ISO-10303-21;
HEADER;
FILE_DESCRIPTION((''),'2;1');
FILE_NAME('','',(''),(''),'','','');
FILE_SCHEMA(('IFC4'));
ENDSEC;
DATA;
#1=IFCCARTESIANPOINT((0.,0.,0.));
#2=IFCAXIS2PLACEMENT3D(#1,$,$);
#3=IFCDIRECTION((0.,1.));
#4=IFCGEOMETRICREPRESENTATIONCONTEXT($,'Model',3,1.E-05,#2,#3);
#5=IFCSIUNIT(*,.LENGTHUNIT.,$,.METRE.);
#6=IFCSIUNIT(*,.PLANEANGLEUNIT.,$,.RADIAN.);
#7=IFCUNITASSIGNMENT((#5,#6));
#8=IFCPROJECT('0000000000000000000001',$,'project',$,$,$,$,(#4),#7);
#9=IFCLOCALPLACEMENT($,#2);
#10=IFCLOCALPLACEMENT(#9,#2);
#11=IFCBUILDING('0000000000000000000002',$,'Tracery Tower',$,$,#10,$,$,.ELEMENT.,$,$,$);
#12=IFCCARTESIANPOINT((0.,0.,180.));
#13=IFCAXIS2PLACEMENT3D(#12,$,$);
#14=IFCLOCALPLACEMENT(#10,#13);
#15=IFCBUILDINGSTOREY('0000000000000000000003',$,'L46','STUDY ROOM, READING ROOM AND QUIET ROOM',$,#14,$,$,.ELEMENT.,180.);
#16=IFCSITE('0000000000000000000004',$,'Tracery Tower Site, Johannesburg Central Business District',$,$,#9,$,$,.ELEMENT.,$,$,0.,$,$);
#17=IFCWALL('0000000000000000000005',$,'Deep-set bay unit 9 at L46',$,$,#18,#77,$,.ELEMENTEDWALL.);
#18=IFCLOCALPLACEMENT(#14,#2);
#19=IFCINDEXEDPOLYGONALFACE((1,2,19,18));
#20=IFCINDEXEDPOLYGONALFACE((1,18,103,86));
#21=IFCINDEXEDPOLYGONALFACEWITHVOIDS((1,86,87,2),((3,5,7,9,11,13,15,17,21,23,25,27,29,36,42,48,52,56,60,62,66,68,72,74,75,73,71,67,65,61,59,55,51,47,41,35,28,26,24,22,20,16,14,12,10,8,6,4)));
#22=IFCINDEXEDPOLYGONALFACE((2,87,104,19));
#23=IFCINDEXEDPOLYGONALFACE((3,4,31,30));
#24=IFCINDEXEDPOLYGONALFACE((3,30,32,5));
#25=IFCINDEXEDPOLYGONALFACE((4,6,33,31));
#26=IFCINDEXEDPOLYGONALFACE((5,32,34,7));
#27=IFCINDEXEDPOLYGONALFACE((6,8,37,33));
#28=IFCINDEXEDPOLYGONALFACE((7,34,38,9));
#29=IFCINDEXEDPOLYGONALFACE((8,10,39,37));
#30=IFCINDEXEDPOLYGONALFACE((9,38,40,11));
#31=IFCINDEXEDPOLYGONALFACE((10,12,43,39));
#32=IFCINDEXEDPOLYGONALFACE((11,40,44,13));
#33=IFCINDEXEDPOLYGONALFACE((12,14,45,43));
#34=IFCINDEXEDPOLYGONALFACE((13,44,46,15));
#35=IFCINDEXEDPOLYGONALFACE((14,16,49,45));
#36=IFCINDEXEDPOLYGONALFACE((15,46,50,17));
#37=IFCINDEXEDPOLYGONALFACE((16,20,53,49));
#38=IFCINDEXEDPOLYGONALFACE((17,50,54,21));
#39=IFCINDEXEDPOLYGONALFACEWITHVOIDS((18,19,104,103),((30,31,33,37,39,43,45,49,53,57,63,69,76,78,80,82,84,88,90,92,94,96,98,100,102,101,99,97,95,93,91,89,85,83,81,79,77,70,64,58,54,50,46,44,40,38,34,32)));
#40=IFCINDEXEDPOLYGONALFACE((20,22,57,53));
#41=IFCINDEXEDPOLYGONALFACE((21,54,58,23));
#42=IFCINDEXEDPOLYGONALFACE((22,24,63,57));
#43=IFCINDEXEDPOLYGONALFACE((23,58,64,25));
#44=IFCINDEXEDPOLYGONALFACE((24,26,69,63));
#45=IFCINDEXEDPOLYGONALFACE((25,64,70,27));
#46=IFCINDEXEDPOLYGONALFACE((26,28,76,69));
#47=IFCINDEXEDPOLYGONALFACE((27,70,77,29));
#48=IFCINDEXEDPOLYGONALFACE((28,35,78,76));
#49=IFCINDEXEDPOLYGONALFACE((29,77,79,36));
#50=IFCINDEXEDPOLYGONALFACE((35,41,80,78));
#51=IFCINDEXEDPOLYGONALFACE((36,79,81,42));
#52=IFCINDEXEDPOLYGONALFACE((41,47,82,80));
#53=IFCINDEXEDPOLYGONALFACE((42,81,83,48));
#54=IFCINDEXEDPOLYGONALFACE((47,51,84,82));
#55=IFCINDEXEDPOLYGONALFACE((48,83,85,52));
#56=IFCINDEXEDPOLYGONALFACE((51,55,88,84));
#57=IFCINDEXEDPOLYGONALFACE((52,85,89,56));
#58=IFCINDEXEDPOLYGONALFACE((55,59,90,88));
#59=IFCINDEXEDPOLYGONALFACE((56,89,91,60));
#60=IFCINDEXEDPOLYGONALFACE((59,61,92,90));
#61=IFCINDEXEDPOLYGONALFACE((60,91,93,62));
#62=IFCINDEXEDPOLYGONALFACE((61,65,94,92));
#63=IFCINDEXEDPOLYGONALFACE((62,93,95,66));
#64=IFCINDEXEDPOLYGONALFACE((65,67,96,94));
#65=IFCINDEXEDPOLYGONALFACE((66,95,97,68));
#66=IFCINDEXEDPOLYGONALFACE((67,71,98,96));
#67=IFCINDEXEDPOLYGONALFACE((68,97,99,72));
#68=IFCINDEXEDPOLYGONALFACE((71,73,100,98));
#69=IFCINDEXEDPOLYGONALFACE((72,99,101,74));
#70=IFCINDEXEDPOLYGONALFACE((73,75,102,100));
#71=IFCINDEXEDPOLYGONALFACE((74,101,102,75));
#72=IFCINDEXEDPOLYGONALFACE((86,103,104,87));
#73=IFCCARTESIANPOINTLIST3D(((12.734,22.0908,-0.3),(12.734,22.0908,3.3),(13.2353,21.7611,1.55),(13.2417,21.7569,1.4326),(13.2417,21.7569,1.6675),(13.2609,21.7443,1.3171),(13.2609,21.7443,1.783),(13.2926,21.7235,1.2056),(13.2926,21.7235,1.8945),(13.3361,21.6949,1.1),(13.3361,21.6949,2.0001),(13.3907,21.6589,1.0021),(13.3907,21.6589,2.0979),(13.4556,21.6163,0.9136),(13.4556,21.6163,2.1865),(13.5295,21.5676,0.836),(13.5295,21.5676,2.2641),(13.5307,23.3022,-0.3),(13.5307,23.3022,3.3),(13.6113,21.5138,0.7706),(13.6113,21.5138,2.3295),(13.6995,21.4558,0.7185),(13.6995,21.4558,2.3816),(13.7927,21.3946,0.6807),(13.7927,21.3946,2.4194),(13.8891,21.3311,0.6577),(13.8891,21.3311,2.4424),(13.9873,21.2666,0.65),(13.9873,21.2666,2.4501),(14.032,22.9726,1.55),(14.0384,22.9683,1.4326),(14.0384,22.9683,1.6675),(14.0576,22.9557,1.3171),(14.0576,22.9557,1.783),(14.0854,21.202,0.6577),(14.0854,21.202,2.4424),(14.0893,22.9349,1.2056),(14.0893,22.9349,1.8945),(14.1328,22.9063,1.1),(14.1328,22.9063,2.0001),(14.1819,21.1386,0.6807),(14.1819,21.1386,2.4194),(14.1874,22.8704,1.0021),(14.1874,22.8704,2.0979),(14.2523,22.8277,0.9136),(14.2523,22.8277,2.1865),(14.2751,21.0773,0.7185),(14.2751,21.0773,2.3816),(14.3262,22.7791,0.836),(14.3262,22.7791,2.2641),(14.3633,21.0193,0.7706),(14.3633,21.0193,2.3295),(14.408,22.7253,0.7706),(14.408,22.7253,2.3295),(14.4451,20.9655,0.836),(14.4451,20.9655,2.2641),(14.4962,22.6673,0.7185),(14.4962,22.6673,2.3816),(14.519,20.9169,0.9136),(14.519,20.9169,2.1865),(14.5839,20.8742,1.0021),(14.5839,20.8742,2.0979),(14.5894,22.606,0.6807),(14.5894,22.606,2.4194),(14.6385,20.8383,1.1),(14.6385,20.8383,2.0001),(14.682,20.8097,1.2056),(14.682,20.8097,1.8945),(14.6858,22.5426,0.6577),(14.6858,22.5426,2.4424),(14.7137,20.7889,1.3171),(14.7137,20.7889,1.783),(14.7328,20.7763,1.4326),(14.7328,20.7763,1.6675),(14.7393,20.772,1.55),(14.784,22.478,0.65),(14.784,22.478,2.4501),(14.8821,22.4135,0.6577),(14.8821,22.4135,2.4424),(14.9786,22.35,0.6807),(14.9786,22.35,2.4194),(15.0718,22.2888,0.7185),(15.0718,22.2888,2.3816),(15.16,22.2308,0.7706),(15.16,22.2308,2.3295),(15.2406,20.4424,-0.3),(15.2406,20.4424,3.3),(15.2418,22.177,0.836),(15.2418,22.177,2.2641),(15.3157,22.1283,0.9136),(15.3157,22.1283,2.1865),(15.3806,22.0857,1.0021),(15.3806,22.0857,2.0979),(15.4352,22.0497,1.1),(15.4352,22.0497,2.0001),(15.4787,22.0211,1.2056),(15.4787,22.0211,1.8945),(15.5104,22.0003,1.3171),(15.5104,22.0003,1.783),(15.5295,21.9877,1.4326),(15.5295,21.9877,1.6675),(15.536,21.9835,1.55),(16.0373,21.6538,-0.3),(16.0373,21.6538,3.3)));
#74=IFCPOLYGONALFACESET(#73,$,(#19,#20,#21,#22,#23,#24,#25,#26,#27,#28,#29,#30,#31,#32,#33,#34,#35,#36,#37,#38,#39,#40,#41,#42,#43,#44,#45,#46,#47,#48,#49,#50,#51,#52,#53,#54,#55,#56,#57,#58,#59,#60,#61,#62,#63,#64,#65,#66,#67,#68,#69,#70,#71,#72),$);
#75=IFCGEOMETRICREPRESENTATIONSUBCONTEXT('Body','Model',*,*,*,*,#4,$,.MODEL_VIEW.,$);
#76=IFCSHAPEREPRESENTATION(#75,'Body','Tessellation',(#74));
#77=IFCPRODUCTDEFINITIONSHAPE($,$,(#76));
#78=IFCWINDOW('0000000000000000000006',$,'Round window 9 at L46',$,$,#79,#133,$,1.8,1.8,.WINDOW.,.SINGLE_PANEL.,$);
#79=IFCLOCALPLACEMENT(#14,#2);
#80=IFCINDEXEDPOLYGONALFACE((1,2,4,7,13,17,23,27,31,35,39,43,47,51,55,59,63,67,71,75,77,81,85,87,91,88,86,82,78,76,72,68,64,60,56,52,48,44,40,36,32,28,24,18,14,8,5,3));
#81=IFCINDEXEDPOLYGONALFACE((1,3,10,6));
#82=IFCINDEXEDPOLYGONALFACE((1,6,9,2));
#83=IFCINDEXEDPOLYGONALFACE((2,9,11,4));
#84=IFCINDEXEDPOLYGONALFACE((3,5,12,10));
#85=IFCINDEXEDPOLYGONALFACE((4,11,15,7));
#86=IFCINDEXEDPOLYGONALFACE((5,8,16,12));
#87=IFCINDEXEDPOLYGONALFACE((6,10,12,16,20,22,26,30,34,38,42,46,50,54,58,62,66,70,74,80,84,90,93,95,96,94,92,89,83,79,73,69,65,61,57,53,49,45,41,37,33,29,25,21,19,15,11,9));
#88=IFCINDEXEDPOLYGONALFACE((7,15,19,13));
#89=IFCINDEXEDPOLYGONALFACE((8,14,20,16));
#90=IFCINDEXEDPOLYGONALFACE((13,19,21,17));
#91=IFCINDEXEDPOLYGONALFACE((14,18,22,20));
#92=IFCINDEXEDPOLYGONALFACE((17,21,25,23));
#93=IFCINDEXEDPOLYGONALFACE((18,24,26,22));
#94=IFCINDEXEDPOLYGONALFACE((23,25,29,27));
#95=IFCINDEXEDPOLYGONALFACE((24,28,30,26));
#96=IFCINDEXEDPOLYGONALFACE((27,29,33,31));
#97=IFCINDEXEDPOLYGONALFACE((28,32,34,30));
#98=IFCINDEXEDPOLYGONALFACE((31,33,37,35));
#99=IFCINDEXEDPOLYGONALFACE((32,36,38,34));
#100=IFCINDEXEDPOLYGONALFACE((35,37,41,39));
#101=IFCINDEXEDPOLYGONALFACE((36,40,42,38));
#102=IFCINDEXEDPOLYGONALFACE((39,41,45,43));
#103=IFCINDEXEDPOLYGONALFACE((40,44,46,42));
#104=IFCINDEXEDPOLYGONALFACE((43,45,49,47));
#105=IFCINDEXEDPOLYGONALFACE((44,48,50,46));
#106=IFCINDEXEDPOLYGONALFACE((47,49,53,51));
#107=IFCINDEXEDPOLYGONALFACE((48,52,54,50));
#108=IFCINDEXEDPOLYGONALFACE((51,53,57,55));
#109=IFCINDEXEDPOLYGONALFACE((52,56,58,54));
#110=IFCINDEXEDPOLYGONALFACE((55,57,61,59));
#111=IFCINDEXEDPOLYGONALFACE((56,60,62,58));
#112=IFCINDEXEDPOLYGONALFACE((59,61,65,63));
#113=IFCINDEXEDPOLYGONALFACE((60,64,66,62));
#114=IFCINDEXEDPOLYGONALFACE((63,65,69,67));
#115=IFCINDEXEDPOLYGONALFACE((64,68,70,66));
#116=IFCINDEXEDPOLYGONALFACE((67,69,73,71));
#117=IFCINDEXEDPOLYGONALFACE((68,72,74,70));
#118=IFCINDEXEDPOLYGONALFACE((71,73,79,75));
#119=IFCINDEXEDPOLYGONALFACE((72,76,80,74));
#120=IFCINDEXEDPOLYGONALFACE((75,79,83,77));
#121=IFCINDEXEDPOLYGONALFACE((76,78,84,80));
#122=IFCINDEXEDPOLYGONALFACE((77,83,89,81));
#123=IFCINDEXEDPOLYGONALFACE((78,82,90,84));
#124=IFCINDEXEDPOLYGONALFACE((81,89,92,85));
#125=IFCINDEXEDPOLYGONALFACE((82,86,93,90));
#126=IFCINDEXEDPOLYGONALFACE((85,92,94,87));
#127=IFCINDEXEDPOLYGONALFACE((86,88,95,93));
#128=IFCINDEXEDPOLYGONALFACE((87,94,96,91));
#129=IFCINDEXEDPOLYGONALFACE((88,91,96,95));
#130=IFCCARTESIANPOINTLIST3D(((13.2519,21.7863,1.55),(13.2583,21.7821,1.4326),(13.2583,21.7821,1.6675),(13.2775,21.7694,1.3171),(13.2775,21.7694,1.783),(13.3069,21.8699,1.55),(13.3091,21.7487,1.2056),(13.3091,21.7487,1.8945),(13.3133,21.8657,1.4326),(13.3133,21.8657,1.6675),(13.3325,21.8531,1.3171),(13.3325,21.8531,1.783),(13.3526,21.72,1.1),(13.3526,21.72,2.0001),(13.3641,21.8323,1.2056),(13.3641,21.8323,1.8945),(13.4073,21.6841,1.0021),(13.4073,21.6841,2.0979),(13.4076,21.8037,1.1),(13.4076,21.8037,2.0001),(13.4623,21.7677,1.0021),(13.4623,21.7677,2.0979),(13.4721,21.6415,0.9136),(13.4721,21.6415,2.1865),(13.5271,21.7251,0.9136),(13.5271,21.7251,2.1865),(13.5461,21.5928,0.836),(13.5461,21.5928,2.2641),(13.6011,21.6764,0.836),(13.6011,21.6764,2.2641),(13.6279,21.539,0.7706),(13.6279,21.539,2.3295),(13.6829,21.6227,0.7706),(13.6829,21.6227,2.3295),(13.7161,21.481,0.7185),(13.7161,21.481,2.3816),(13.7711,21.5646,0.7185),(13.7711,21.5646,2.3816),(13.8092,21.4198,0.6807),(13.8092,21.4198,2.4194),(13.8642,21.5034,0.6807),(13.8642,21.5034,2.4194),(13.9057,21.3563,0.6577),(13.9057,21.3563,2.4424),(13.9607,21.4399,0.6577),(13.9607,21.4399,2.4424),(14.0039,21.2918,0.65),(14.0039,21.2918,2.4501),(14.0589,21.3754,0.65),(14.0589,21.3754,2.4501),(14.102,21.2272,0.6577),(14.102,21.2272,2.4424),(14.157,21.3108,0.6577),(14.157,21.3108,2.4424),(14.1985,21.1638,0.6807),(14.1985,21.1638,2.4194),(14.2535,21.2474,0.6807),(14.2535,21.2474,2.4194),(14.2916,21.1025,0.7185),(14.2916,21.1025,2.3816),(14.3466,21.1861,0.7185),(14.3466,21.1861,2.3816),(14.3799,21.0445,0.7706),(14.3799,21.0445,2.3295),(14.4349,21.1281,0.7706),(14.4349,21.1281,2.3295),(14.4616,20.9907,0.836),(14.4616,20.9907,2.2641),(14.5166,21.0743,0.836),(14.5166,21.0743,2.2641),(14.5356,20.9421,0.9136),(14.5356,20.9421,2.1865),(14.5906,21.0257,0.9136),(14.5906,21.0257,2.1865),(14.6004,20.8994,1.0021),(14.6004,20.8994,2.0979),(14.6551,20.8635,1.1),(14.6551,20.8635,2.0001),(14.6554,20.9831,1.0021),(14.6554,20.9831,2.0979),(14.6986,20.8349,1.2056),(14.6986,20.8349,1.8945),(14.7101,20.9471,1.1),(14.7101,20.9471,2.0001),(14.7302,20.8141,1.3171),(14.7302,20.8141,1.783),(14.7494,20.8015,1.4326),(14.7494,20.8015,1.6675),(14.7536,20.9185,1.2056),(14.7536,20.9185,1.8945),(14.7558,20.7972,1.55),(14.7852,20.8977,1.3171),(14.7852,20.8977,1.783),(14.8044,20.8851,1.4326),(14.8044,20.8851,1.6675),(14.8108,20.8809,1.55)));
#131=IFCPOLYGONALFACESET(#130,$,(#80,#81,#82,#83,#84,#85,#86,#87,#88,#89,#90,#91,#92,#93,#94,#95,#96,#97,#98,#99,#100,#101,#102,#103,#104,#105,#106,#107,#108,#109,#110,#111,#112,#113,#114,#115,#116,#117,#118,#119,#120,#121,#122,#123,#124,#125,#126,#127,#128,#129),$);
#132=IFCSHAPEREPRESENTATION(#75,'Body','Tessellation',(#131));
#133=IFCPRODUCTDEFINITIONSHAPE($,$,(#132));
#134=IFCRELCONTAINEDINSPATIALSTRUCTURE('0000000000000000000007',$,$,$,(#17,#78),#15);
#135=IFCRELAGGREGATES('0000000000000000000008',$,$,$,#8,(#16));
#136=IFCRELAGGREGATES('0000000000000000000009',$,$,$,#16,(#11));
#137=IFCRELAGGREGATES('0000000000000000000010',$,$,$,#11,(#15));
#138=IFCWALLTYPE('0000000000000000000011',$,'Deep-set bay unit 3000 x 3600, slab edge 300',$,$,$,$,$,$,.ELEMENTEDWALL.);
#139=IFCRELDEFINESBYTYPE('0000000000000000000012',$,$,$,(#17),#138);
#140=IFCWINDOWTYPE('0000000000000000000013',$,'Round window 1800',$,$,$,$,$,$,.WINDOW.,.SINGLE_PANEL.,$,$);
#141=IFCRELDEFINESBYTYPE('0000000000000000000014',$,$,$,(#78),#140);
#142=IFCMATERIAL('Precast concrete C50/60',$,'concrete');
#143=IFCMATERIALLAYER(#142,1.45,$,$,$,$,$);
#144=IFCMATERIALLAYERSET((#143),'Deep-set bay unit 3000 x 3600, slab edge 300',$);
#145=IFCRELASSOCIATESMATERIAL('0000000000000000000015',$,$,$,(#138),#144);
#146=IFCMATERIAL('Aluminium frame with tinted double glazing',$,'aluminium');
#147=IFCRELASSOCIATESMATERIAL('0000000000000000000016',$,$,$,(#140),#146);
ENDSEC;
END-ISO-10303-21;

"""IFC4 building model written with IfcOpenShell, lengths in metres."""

from ifc_helpers import new_model, si_unit, direction, frame, frame_2d, origin, origin_2d, place, context, subcontext, project, spatial, rectangle, circle, extrude, material, layer, layer_set, type_object, element, fill, save


model = new_model("IFC4")

# Units and contexts
model_context = context("Model", 3, precision=1e-05, world=origin(), true_north=direction((0.0, 1.0)))
body_context = subcontext(model_context, "Body", "Model", "MODEL_VIEW")
ifc_project = project(units=[si_unit("LENGTHUNIT", "METRE"), si_unit("PLANEANGLEUNIT", "RADIAN")], contexts=[model_context])

# Site, building, storey
site_placement = place(None, origin())
site = spatial("IfcSite", under=ifc_project, at=site_placement, Name="Tracery Tower Site, Johannesburg Central Business District", CompositionType="ELEMENT", RefElevation=0.0)
building_placement = place(site_placement, origin())
building = spatial("IfcBuilding", under=site, at=building_placement, Name="Tracery Tower", CompositionType="ELEMENT")
storey_placement = place(building_placement, frame((0.0, 0.0, 180.0)))
storey = spatial("IfcBuildingStorey", under=building, at=storey_placement, Name="L46", Description="STUDY ROOM, READING ROOM AND QUIET ROOM", CompositionType="ELEMENT", Elevation=180.0)

# Wall, opening, window
ifc_material_1 = material(Name="Precast concrete C50/60", Category="concrete")
ifc_layer_1 = layer(ifc_material_1, 1.45)
ifc_layer_set_1 = layer_set([ifc_layer_1], Name="Deep-set bay unit 3000 x 3600, slab edge 300")
wall_type_1 = type_object("IfcWallType", Name="Deep-set bay unit 3000 x 3600, slab edge 300", PredefinedType="ELEMENTEDWALL", material=ifc_layer_set_1)
ifc_material_2 = material(Name="Aluminium frame with tinted double glazing", Category="aluminium")
window_type = type_object("IfcWindowType", Name="Round window 1800", PartitioningType="SINGLE_PANEL", PredefinedType="WINDOW", material=ifc_material_2)
wall_1_placement = place(storey_placement, frame((15.6389, 21.0481, -0.3), z_axis=(0.0, 0.0, 1.0), x_axis=(-0.835514, 0.549469, 0.0)))
wall_1 = element("IfcWall", 1, at=wall_1_placement, inside=storey, type_object=wall_type_1, Name="Deep-set bay unit 9 at L46", PredefinedType="ELEMENTEDWALL", context=body_context, shape_type="SweptSolid", body=[
    extrude(rectangle(XDim=3.0, YDim=1.45, at=frame_2d((1.5, 0.0))), origin(), (0.0, 0.0, 1.0), 3.6001),
])
opening_1_placement = place(wall_1_placement, frame((1.5, 0.0, 1.8501)))
opening_1 = element("IfcOpeningElement", 2, at=opening_1_placement, cuts=wall_1, PredefinedType="OPENING", context=body_context, shape_type="SweptSolid", body=[
    extrude(circle(Radius=0.9, at=origin_2d()), frame((0.0, 0.7349, 0.0), z_axis=(0.0, -1.0, 0.0), x_axis=(1.0, 0.0, 0.0)), (0.0, 0.0, 1.0), 1.47),
])
window_1_placement = place(opening_1_placement, origin())
window_1 = element("IfcWindow", 3, at=window_1_placement, inside=storey, type_object=window_type, Name="Round window 9 at L46", OverallHeight=1.8, OverallWidth=1.8, PartitioningType="SINGLE_PANEL", PredefinedType="WINDOW", context=body_context, shape_type="SweptSolid", body=[
    extrude(circle(Radius=0.9, at=origin_2d()), frame((0.0, 0.6948, 0.0), z_axis=(0.0, -1.0, 0.0), x_axis=(1.0, 0.0, 0.0)), (0.0, 0.0, 1.0), 0.1001),
])
fill(opening_1, window_1)

save(model, "model.ifc")
